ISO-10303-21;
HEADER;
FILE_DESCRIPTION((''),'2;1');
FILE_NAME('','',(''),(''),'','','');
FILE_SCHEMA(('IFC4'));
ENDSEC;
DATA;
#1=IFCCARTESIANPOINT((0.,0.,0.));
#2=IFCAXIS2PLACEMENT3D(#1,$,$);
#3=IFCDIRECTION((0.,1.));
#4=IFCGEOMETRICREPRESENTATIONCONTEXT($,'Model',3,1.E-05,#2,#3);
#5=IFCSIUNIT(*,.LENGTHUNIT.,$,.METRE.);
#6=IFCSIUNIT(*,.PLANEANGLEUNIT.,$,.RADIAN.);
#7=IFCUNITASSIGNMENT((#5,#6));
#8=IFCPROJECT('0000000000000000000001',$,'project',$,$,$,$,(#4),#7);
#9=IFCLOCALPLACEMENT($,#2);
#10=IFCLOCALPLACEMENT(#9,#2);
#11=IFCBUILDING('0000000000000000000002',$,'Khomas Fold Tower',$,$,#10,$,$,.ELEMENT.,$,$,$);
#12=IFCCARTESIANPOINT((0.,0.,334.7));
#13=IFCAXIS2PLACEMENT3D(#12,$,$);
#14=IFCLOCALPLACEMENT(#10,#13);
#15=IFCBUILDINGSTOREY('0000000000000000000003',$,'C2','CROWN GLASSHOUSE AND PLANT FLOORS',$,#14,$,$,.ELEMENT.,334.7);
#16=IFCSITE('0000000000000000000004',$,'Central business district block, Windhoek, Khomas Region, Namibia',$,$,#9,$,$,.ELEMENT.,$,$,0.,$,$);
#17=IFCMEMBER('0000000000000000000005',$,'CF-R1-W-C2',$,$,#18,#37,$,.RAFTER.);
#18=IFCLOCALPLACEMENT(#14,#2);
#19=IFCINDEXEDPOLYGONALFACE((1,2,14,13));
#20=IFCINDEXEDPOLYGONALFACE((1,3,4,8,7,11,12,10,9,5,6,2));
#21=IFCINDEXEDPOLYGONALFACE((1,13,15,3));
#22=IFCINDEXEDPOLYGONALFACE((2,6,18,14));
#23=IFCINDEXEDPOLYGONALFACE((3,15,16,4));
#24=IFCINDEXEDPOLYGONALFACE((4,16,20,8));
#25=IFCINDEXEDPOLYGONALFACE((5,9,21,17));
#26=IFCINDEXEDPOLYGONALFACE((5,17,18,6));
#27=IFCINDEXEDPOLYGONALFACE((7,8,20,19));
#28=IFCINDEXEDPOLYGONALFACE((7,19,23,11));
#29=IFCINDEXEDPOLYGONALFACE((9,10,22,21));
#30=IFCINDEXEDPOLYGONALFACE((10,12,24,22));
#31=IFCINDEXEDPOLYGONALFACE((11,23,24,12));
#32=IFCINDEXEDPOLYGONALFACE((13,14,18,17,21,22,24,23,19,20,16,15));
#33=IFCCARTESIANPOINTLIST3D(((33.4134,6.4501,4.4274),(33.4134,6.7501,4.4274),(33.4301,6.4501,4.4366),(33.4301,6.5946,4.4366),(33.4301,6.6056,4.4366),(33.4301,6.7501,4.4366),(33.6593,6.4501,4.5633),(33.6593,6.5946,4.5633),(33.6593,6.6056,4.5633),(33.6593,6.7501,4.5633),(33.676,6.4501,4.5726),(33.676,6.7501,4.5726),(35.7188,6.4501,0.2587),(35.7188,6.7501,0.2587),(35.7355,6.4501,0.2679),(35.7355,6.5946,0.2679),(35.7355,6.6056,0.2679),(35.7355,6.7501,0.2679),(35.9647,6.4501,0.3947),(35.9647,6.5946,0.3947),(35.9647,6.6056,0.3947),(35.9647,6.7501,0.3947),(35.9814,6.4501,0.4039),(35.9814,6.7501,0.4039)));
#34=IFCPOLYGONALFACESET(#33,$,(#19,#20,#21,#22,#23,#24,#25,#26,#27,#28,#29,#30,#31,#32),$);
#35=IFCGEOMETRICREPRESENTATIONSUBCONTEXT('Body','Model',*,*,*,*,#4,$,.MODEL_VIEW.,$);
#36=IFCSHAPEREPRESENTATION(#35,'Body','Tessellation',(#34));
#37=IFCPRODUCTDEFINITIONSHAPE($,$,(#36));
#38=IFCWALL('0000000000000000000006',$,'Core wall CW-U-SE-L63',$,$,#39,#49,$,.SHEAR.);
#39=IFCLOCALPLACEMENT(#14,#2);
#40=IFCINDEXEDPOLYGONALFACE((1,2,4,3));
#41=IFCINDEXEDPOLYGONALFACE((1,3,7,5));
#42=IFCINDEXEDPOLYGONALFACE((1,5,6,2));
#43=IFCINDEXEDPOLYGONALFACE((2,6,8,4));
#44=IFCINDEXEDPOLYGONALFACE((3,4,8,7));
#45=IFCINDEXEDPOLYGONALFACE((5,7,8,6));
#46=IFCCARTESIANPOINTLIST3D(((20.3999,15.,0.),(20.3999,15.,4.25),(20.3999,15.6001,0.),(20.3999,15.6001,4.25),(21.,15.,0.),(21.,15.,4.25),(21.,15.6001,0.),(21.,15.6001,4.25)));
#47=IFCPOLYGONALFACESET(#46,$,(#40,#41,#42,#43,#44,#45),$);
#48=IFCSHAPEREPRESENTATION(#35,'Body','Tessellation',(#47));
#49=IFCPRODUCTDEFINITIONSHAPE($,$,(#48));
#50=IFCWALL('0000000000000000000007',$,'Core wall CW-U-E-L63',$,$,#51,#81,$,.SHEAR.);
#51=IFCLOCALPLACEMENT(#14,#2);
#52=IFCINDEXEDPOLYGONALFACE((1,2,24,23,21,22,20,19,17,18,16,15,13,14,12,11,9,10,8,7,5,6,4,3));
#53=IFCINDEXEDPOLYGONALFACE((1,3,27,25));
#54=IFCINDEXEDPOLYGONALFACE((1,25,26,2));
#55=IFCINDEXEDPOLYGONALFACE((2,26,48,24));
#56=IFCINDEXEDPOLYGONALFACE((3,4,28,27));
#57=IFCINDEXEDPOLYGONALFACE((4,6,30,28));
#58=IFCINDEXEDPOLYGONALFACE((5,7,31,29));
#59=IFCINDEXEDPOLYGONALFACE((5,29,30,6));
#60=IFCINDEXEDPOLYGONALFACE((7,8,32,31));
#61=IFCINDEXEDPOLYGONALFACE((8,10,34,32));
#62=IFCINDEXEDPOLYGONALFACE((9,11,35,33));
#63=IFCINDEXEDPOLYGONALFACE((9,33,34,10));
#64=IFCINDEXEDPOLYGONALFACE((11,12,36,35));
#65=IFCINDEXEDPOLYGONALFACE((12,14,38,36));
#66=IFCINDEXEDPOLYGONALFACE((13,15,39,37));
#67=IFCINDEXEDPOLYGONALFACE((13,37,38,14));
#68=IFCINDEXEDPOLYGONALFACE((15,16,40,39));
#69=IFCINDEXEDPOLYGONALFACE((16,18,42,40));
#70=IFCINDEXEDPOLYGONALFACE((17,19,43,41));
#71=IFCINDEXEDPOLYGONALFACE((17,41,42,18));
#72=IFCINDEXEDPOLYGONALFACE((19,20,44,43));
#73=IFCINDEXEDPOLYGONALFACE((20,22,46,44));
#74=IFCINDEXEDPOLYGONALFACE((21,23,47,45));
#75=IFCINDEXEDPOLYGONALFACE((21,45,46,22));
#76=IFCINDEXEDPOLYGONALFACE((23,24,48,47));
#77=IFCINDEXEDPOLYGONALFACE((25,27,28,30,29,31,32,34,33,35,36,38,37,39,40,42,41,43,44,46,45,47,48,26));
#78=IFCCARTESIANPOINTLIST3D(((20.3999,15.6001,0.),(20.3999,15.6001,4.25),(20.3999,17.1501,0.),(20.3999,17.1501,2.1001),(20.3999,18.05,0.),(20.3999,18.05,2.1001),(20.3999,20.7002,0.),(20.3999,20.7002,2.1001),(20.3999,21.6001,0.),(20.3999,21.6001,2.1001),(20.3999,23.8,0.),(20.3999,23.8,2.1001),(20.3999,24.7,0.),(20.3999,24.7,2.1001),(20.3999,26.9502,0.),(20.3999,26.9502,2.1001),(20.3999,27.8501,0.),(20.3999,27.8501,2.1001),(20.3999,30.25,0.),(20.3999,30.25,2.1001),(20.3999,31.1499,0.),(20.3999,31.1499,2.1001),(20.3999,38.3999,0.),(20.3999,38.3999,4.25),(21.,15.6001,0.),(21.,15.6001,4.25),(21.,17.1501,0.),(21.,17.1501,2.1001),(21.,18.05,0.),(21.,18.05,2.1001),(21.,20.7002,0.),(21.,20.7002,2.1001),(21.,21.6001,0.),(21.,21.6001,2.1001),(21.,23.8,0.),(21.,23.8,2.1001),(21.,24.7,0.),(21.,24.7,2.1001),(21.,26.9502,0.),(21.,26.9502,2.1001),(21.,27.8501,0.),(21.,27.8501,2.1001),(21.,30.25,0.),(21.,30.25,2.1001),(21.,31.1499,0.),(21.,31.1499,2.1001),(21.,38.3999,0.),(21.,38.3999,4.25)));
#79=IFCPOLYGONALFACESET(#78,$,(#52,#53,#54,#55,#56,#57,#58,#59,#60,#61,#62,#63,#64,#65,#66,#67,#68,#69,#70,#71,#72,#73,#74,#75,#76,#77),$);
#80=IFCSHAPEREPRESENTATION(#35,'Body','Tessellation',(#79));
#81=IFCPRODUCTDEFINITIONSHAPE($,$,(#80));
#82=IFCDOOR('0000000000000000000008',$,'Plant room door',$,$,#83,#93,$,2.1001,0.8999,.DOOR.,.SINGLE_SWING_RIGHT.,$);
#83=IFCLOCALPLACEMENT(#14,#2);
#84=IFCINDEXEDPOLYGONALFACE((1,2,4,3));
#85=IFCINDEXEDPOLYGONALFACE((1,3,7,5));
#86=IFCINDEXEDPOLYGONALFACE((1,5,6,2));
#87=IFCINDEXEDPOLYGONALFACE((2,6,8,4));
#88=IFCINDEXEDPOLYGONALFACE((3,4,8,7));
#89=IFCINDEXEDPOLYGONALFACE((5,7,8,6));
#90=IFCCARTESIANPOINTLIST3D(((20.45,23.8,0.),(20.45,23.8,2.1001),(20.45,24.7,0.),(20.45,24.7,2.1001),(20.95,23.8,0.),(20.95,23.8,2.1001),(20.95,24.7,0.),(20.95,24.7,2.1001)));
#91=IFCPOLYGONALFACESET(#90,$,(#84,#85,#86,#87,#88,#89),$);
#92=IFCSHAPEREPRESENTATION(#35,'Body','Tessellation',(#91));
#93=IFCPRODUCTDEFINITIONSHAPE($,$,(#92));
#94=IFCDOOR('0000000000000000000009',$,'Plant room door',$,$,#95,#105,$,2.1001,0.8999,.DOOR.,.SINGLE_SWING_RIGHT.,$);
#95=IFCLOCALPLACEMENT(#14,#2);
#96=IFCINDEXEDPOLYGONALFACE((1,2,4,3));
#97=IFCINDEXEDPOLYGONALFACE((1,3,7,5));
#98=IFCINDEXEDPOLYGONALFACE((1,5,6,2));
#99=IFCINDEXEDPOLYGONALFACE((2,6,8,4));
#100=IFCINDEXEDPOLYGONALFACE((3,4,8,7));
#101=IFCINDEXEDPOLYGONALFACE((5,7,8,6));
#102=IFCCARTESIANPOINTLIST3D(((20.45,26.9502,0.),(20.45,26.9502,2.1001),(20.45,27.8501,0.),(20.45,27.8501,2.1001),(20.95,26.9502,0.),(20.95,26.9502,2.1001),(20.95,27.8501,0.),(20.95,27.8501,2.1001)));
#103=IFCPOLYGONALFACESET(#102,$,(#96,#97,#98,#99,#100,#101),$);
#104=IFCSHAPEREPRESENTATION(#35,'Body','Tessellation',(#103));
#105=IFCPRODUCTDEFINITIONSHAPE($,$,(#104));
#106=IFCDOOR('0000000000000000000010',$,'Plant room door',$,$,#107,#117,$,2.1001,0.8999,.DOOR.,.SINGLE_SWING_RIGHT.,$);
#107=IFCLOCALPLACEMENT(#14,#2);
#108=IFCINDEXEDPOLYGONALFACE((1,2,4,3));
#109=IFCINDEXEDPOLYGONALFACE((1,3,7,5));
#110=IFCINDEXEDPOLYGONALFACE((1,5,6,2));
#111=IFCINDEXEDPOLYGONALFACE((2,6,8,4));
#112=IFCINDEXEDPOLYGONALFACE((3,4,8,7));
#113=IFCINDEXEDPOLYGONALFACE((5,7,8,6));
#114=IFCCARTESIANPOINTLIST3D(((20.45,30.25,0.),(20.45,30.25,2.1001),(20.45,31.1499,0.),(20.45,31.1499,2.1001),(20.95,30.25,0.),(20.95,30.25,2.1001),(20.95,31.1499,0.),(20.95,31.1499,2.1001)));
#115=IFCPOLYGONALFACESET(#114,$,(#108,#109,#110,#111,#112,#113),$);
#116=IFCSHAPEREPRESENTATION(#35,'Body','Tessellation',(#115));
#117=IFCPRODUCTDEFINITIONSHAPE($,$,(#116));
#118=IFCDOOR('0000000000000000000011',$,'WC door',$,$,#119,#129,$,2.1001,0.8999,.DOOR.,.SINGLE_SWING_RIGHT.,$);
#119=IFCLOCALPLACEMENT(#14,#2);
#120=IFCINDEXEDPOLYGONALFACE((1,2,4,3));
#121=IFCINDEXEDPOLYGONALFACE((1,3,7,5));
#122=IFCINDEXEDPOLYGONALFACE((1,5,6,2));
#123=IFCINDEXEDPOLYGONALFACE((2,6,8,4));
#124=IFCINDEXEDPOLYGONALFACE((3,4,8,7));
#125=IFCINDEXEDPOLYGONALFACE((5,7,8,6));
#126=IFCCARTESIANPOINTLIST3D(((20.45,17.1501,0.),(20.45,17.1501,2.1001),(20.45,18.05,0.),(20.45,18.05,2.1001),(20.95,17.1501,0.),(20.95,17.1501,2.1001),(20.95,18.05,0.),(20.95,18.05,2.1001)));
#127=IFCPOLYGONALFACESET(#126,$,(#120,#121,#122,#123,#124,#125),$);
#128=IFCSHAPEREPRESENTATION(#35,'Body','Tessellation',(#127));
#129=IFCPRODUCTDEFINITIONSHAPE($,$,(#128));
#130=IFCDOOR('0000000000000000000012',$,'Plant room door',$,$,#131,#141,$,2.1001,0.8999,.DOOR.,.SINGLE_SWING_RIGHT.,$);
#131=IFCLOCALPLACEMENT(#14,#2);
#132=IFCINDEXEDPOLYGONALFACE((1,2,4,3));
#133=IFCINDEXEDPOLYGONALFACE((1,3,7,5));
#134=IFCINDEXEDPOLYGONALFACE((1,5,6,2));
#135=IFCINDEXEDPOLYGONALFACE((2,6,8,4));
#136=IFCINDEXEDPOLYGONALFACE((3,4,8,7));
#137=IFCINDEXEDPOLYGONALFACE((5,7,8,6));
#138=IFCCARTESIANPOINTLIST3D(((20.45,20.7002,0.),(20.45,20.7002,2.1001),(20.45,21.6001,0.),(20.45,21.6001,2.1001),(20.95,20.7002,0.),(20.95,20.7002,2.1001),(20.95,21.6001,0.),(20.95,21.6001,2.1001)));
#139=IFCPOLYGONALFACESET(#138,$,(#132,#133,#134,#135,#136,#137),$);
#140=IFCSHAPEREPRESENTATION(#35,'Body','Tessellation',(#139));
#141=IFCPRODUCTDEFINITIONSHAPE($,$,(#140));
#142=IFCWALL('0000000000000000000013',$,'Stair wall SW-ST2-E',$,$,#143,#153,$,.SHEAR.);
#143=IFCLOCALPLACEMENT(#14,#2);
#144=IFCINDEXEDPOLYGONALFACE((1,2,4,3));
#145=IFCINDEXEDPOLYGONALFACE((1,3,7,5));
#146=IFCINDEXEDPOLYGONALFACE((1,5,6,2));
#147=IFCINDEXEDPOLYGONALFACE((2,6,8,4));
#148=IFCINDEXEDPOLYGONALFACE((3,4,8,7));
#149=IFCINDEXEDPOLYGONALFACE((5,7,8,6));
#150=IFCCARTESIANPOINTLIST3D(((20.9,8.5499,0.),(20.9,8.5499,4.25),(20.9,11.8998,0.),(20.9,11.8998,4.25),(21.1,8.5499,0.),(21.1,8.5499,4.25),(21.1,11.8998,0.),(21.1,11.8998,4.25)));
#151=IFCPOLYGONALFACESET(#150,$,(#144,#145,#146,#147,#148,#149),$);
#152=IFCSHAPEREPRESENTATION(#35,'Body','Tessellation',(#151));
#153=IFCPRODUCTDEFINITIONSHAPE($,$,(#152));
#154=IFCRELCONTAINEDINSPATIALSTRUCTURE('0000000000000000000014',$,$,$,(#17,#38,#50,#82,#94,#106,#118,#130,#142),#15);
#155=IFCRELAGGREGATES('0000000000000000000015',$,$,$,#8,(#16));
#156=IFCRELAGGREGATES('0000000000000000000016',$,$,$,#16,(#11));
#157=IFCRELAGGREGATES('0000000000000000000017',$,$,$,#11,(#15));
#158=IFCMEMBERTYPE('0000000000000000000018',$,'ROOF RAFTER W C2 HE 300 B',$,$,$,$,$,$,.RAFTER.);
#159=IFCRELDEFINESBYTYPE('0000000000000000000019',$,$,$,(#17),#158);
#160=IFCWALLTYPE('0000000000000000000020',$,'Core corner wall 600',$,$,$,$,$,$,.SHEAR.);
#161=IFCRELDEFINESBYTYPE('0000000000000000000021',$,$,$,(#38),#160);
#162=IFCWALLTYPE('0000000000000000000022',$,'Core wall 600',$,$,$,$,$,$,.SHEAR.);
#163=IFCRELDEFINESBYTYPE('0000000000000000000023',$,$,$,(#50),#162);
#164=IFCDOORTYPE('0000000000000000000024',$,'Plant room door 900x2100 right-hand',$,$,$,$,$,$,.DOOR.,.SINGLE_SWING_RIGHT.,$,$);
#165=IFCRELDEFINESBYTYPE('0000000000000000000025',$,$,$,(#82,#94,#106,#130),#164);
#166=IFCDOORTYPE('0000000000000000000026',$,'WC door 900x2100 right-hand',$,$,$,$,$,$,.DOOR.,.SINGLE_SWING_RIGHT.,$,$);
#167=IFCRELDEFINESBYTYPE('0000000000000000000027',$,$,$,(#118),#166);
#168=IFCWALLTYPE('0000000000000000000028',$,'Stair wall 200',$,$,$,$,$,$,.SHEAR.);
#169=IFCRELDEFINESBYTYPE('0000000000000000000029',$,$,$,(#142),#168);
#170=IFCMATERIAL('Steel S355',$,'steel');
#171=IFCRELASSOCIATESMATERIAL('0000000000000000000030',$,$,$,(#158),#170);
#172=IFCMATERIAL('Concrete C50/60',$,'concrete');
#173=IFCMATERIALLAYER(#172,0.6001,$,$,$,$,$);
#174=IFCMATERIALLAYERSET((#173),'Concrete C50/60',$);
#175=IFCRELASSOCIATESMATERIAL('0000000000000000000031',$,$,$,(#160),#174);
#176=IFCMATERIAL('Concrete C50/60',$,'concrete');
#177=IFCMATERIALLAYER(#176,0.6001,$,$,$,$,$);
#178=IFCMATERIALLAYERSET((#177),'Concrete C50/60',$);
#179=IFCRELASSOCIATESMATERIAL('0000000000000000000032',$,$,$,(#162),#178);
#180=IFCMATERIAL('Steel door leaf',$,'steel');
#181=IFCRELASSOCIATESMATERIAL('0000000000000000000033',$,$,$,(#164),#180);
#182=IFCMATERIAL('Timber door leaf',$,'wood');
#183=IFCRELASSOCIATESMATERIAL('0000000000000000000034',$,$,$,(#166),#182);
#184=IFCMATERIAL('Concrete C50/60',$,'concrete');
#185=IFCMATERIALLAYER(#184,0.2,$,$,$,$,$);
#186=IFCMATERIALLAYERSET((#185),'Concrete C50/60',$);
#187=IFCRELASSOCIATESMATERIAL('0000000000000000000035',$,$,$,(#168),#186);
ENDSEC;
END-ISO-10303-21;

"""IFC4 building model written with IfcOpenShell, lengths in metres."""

from ifc_helpers import new_model, si_unit, direction, frame, frame_2d, origin, origin_2d, place, context, subcontext, project, spatial, rectangle, i_section, extrude, source, transform, mapped, material, layer, layer_set, material_profile, profile_set, type_object, element, fill, save


model = new_model("IFC4")

# Units and contexts
model_context = context("Model", 3, precision=1e-05, world=origin(), true_north=direction((0.0, 1.0)))
body_context = subcontext(model_context, "Body", "Model", "MODEL_VIEW")
ifc_project = project(units=[si_unit("LENGTHUNIT", "METRE"), si_unit("PLANEANGLEUNIT", "RADIAN")], contexts=[model_context])

# Site, building, storey
site_placement = place(None, origin())
site = spatial("IfcSite", under=ifc_project, at=site_placement, Name="Central business district block, Windhoek, Khomas Region, Namibia", CompositionType="ELEMENT", RefElevation=0.0)
building_placement = place(site_placement, origin())
building = spatial("IfcBuilding", under=site, at=building_placement, Name="Khomas Fold Tower", CompositionType="ELEMENT")
storey_placement = place(building_placement, frame((0.0, 0.0, 334.7)))
storey = spatial("IfcBuildingStorey", under=building, at=storey_placement, Name="C2", Description="CROWN GLASSHOUSE AND PLANT FLOORS", CompositionType="ELEMENT", Elevation=334.7)

# Member
ifc_material_1 = material(Name="Steel S355", Category="steel")
ifc_material_profile_1 = material_profile(ifc_material_1, i_section(OverallWidth=0.3, OverallDepth=0.3, WebThickness=0.011, FlangeThickness=0.019, at=origin_2d()), Name="HE 300 B")
ifc_profile_set_1 = profile_set([ifc_material_profile_1], Name="Steel S355")
member_type = type_object("IfcMemberType", Name="ROOF RAFTER W C2 HE 300 B", PredefinedType="RAFTER", material=ifc_profile_set_1)
shared_shape_1 = source(origin(), body_context, "Body", "SweptSolid", [
    extrude(i_section(OverallWidth=0.3, OverallDepth=0.3, WebThickness=0.011, FlangeThickness=0.019, at=origin_2d()), origin(), (0.0, 0.0, 1.0), 4.7637),
])
member_placement = place(storey_placement, frame((35.8501, 6.6001, 0.3313), z_axis=(-0.483954, 0.0, 0.875094), x_axis=(0.0, -1.0, 0.0)))
element("IfcMember", 1, at=member_placement, inside=storey, type_object=member_type, Name="CF-R1-W-C2", PredefinedType="RAFTER", context=body_context, shape_type="MappedRepresentation", body=[
    mapped(shared_shape_1, transform((0.0, 0.0, 0.0))),
])

# Wall
ifc_material_2 = material(Name="Concrete C50/60", Category="concrete")
ifc_layer_1 = layer(ifc_material_2, 0.6001)
ifc_layer_set_1 = layer_set([ifc_layer_1], Name="Concrete C50/60")
wall_type_1 = type_object("IfcWallType", Name="Core corner wall 600", PredefinedType="SHEAR", material=ifc_layer_set_1)
shared_shape_2 = source(origin(), body_context, "Body", "SweptSolid", [
    extrude(rectangle(XDim=0.6001, YDim=0.6001, at=frame_2d((0.3, 0.0))), origin(), (0.0, 0.0, 1.0), 4.25),
])
wall_1_placement = place(storey_placement, frame((20.3999, 15.3, 0.0), z_axis=(0.0, 0.0, 1.0), x_axis=(1.0, 0.0, 0.0)))
element("IfcWall", 2, at=wall_1_placement, inside=storey, type_object=wall_type_1, Name="Core wall CW-U-SE-L63", PredefinedType="SHEAR", context=body_context, shape_type="MappedRepresentation", body=[
    mapped(shared_shape_2, transform((0.0, 0.0, 0.0))),
])

# Wall, openings, doors
ifc_material_3 = material(Name="Concrete C50/60", Category="concrete")
ifc_layer_2 = layer(ifc_material_3, 0.6001)
ifc_layer_set_2 = layer_set([ifc_layer_2], Name="Concrete C50/60")
wall_type_2 = type_object("IfcWallType", Name="Core wall 600", PredefinedType="SHEAR", material=ifc_layer_set_2)
shared_shape_3 = source(origin(), body_context, "Body", "SweptSolid", [
    extrude(rectangle(XDim=22.7998, YDim=0.6001, at=frame_2d((11.3999, 0.0))), origin(), (0.0, 0.0, 1.0), 4.25),
])
wall_2_placement = place(storey_placement, frame((20.7, 15.6001, 0.0), z_axis=(0.0, 0.0, 1.0), x_axis=(0.0, 1.0, 0.0)))
wall_2 = element("IfcWall", 3, at=wall_2_placement, inside=storey, type_object=wall_type_2, Name="Core wall CW-U-E-L63", PredefinedType="SHEAR", context=body_context, shape_type="MappedRepresentation", body=[
    mapped(shared_shape_3, transform((0.0, 0.0, 0.0))),
])
shared_shape_4 = source(origin(), body_context, "Body", "SweptSolid", [
    extrude(rectangle(XDim=0.8999, YDim=2.1001, at=frame_2d((0.45, 1.05))), frame((0.0, 0.3101, 0.0), z_axis=(0.0, -1.0, 0.0), x_axis=(1.0, 0.0, 0.0)), (0.0, 0.0, 1.0), 0.6201),
])
opening_1_placement = place(wall_2_placement, frame((8.2, 0.0, 0.0)))
opening_1 = element("IfcOpeningElement", 4, at=opening_1_placement, cuts=wall_2, PredefinedType="OPENING", context=body_context, shape_type="MappedRepresentation", body=[
    mapped(shared_shape_4, transform((0.0, 0.0, 0.0))),
])
opening_2_placement = place(wall_2_placement, frame((11.3501, 0.0, 0.0)))
opening_2 = element("IfcOpeningElement", 5, at=opening_2_placement, cuts=wall_2, PredefinedType="OPENING", context=body_context, shape_type="MappedRepresentation", body=[
    mapped(shared_shape_4, transform((0.0, 0.0, 0.0))),
])
opening_3_placement = place(wall_2_placement, frame((14.6499, 0.0, 0.0)))
opening_3 = element("IfcOpeningElement", 6, at=opening_3_placement, cuts=wall_2, PredefinedType="OPENING", context=body_context, shape_type="MappedRepresentation", body=[
    mapped(shared_shape_4, transform((0.0, 0.0, 0.0))),
])
opening_4_placement = place(wall_2_placement, frame((1.55, 0.0, 0.0)))
opening_4 = element("IfcOpeningElement", 7, at=opening_4_placement, cuts=wall_2, PredefinedType="OPENING", context=body_context, shape_type="MappedRepresentation", body=[
    mapped(shared_shape_4, transform((0.0, 0.0, 0.0))),
])
opening_5_placement = place(wall_2_placement, frame((5.1001, 0.0, 0.0)))
opening_5 = element("IfcOpeningElement", 8, at=opening_5_placement, cuts=wall_2, PredefinedType="OPENING", context=body_context, shape_type="MappedRepresentation", body=[
    mapped(shared_shape_4, transform((0.0, 0.0, 0.0))),
])
ifc_material_4 = material(Name="Steel door leaf", Category="steel")
door_type_1 = type_object("IfcDoorType", Name="Plant room door 900x2100 right-hand", OperationType="SINGLE_SWING_RIGHT", PredefinedType="DOOR", material=ifc_material_4)
shared_shape_5 = source(origin(), body_context, "Body", "SweptSolid", [
    extrude(rectangle(XDim=0.8999, YDim=2.1001, at=frame_2d((0.45, 1.05))), frame((0.0, 0.25, 0.0), z_axis=(0.0, -1.0, 0.0), x_axis=(1.0, 0.0, 0.0)), (0.0, 0.0, 1.0), 0.5),
])
door_1_placement = place(opening_1_placement, origin())
door_1 = element("IfcDoor", 9, at=door_1_placement, inside=storey, type_object=door_type_1, Name="Plant room door", OperationType="SINGLE_SWING_RIGHT", OverallHeight=2.1001, OverallWidth=0.8999, PredefinedType="DOOR", context=body_context, shape_type="MappedRepresentation", body=[
    mapped(shared_shape_5, transform((0.0, 0.0, 0.0))),
])
fill(opening_1, door_1)
door_2_placement = place(opening_2_placement, origin())
door_2 = element("IfcDoor", 10, at=door_2_placement, inside=storey, type_object=door_type_1, Name="Plant room door", OperationType="SINGLE_SWING_RIGHT", OverallHeight=2.1001, OverallWidth=0.8999, PredefinedType="DOOR", context=body_context, shape_type="MappedRepresentation", body=[
    mapped(shared_shape_5, transform((0.0, 0.0, 0.0))),
])
fill(opening_2, door_2)
door_3_placement = place(opening_3_placement, origin())
door_3 = element("IfcDoor", 11, at=door_3_placement, inside=storey, type_object=door_type_1, Name="Plant room door", OperationType="SINGLE_SWING_RIGHT", OverallHeight=2.1001, OverallWidth=0.8999, PredefinedType="DOOR", context=body_context, shape_type="MappedRepresentation", body=[
    mapped(shared_shape_5, transform((0.0, 0.0, 0.0))),
])
fill(opening_3, door_3)
ifc_material_5 = material(Name="Timber door leaf", Category="wood")
door_type_2 = type_object("IfcDoorType", Name="WC door 900x2100 right-hand", OperationType="SINGLE_SWING_RIGHT", PredefinedType="DOOR", material=ifc_material_5)
door_4_placement = place(opening_4_placement, origin())
door_4 = element("IfcDoor", 12, at=door_4_placement, inside=storey, type_object=door_type_2, Name="WC door", OperationType="SINGLE_SWING_RIGHT", OverallHeight=2.1001, OverallWidth=0.8999, PredefinedType="DOOR", context=body_context, shape_type="MappedRepresentation", body=[
    mapped(shared_shape_5, transform((0.0, 0.0, 0.0))),
])
fill(opening_4, door_4)
door_5_placement = place(opening_5_placement, origin())
door_5 = element("IfcDoor", 13, at=door_5_placement, inside=storey, type_object=door_type_1, Name="Plant room door", OperationType="SINGLE_SWING_RIGHT", OverallHeight=2.1001, OverallWidth=0.8999, PredefinedType="DOOR", context=body_context, shape_type="MappedRepresentation", body=[
    mapped(shared_shape_5, transform((0.0, 0.0, 0.0))),
])
fill(opening_5, door_5)

# Wall
ifc_material_6 = material(Name="Concrete C50/60", Category="concrete")
ifc_layer_3 = layer(ifc_material_6, 0.2)
ifc_layer_set_3 = layer_set([ifc_layer_3], Name="Concrete C50/60")
wall_type_3 = type_object("IfcWallType", Name="Stair wall 200", PredefinedType="SHEAR", material=ifc_layer_set_3)
shared_shape_6 = source(origin(), body_context, "Body", "SweptSolid", [
    extrude(rectangle(XDim=3.3499, YDim=0.2, at=frame_2d((1.6748, 0.0))), origin(), (0.0, 0.0, 1.0), 4.25),
])
wall_3_placement = place(storey_placement, frame((21.0, 8.55, 0.0), z_axis=(0.0, 0.0, 1.0), x_axis=(0.0, 1.0, 0.0)))
element("IfcWall", 14, at=wall_3_placement, inside=storey, type_object=wall_type_3, Name="Stair wall SW-ST2-E", PredefinedType="SHEAR", context=body_context, shape_type="MappedRepresentation", body=[
    mapped(shared_shape_6, transform((0.0, 0.0, 0.0))),
])

save(model, "model.ifc")
